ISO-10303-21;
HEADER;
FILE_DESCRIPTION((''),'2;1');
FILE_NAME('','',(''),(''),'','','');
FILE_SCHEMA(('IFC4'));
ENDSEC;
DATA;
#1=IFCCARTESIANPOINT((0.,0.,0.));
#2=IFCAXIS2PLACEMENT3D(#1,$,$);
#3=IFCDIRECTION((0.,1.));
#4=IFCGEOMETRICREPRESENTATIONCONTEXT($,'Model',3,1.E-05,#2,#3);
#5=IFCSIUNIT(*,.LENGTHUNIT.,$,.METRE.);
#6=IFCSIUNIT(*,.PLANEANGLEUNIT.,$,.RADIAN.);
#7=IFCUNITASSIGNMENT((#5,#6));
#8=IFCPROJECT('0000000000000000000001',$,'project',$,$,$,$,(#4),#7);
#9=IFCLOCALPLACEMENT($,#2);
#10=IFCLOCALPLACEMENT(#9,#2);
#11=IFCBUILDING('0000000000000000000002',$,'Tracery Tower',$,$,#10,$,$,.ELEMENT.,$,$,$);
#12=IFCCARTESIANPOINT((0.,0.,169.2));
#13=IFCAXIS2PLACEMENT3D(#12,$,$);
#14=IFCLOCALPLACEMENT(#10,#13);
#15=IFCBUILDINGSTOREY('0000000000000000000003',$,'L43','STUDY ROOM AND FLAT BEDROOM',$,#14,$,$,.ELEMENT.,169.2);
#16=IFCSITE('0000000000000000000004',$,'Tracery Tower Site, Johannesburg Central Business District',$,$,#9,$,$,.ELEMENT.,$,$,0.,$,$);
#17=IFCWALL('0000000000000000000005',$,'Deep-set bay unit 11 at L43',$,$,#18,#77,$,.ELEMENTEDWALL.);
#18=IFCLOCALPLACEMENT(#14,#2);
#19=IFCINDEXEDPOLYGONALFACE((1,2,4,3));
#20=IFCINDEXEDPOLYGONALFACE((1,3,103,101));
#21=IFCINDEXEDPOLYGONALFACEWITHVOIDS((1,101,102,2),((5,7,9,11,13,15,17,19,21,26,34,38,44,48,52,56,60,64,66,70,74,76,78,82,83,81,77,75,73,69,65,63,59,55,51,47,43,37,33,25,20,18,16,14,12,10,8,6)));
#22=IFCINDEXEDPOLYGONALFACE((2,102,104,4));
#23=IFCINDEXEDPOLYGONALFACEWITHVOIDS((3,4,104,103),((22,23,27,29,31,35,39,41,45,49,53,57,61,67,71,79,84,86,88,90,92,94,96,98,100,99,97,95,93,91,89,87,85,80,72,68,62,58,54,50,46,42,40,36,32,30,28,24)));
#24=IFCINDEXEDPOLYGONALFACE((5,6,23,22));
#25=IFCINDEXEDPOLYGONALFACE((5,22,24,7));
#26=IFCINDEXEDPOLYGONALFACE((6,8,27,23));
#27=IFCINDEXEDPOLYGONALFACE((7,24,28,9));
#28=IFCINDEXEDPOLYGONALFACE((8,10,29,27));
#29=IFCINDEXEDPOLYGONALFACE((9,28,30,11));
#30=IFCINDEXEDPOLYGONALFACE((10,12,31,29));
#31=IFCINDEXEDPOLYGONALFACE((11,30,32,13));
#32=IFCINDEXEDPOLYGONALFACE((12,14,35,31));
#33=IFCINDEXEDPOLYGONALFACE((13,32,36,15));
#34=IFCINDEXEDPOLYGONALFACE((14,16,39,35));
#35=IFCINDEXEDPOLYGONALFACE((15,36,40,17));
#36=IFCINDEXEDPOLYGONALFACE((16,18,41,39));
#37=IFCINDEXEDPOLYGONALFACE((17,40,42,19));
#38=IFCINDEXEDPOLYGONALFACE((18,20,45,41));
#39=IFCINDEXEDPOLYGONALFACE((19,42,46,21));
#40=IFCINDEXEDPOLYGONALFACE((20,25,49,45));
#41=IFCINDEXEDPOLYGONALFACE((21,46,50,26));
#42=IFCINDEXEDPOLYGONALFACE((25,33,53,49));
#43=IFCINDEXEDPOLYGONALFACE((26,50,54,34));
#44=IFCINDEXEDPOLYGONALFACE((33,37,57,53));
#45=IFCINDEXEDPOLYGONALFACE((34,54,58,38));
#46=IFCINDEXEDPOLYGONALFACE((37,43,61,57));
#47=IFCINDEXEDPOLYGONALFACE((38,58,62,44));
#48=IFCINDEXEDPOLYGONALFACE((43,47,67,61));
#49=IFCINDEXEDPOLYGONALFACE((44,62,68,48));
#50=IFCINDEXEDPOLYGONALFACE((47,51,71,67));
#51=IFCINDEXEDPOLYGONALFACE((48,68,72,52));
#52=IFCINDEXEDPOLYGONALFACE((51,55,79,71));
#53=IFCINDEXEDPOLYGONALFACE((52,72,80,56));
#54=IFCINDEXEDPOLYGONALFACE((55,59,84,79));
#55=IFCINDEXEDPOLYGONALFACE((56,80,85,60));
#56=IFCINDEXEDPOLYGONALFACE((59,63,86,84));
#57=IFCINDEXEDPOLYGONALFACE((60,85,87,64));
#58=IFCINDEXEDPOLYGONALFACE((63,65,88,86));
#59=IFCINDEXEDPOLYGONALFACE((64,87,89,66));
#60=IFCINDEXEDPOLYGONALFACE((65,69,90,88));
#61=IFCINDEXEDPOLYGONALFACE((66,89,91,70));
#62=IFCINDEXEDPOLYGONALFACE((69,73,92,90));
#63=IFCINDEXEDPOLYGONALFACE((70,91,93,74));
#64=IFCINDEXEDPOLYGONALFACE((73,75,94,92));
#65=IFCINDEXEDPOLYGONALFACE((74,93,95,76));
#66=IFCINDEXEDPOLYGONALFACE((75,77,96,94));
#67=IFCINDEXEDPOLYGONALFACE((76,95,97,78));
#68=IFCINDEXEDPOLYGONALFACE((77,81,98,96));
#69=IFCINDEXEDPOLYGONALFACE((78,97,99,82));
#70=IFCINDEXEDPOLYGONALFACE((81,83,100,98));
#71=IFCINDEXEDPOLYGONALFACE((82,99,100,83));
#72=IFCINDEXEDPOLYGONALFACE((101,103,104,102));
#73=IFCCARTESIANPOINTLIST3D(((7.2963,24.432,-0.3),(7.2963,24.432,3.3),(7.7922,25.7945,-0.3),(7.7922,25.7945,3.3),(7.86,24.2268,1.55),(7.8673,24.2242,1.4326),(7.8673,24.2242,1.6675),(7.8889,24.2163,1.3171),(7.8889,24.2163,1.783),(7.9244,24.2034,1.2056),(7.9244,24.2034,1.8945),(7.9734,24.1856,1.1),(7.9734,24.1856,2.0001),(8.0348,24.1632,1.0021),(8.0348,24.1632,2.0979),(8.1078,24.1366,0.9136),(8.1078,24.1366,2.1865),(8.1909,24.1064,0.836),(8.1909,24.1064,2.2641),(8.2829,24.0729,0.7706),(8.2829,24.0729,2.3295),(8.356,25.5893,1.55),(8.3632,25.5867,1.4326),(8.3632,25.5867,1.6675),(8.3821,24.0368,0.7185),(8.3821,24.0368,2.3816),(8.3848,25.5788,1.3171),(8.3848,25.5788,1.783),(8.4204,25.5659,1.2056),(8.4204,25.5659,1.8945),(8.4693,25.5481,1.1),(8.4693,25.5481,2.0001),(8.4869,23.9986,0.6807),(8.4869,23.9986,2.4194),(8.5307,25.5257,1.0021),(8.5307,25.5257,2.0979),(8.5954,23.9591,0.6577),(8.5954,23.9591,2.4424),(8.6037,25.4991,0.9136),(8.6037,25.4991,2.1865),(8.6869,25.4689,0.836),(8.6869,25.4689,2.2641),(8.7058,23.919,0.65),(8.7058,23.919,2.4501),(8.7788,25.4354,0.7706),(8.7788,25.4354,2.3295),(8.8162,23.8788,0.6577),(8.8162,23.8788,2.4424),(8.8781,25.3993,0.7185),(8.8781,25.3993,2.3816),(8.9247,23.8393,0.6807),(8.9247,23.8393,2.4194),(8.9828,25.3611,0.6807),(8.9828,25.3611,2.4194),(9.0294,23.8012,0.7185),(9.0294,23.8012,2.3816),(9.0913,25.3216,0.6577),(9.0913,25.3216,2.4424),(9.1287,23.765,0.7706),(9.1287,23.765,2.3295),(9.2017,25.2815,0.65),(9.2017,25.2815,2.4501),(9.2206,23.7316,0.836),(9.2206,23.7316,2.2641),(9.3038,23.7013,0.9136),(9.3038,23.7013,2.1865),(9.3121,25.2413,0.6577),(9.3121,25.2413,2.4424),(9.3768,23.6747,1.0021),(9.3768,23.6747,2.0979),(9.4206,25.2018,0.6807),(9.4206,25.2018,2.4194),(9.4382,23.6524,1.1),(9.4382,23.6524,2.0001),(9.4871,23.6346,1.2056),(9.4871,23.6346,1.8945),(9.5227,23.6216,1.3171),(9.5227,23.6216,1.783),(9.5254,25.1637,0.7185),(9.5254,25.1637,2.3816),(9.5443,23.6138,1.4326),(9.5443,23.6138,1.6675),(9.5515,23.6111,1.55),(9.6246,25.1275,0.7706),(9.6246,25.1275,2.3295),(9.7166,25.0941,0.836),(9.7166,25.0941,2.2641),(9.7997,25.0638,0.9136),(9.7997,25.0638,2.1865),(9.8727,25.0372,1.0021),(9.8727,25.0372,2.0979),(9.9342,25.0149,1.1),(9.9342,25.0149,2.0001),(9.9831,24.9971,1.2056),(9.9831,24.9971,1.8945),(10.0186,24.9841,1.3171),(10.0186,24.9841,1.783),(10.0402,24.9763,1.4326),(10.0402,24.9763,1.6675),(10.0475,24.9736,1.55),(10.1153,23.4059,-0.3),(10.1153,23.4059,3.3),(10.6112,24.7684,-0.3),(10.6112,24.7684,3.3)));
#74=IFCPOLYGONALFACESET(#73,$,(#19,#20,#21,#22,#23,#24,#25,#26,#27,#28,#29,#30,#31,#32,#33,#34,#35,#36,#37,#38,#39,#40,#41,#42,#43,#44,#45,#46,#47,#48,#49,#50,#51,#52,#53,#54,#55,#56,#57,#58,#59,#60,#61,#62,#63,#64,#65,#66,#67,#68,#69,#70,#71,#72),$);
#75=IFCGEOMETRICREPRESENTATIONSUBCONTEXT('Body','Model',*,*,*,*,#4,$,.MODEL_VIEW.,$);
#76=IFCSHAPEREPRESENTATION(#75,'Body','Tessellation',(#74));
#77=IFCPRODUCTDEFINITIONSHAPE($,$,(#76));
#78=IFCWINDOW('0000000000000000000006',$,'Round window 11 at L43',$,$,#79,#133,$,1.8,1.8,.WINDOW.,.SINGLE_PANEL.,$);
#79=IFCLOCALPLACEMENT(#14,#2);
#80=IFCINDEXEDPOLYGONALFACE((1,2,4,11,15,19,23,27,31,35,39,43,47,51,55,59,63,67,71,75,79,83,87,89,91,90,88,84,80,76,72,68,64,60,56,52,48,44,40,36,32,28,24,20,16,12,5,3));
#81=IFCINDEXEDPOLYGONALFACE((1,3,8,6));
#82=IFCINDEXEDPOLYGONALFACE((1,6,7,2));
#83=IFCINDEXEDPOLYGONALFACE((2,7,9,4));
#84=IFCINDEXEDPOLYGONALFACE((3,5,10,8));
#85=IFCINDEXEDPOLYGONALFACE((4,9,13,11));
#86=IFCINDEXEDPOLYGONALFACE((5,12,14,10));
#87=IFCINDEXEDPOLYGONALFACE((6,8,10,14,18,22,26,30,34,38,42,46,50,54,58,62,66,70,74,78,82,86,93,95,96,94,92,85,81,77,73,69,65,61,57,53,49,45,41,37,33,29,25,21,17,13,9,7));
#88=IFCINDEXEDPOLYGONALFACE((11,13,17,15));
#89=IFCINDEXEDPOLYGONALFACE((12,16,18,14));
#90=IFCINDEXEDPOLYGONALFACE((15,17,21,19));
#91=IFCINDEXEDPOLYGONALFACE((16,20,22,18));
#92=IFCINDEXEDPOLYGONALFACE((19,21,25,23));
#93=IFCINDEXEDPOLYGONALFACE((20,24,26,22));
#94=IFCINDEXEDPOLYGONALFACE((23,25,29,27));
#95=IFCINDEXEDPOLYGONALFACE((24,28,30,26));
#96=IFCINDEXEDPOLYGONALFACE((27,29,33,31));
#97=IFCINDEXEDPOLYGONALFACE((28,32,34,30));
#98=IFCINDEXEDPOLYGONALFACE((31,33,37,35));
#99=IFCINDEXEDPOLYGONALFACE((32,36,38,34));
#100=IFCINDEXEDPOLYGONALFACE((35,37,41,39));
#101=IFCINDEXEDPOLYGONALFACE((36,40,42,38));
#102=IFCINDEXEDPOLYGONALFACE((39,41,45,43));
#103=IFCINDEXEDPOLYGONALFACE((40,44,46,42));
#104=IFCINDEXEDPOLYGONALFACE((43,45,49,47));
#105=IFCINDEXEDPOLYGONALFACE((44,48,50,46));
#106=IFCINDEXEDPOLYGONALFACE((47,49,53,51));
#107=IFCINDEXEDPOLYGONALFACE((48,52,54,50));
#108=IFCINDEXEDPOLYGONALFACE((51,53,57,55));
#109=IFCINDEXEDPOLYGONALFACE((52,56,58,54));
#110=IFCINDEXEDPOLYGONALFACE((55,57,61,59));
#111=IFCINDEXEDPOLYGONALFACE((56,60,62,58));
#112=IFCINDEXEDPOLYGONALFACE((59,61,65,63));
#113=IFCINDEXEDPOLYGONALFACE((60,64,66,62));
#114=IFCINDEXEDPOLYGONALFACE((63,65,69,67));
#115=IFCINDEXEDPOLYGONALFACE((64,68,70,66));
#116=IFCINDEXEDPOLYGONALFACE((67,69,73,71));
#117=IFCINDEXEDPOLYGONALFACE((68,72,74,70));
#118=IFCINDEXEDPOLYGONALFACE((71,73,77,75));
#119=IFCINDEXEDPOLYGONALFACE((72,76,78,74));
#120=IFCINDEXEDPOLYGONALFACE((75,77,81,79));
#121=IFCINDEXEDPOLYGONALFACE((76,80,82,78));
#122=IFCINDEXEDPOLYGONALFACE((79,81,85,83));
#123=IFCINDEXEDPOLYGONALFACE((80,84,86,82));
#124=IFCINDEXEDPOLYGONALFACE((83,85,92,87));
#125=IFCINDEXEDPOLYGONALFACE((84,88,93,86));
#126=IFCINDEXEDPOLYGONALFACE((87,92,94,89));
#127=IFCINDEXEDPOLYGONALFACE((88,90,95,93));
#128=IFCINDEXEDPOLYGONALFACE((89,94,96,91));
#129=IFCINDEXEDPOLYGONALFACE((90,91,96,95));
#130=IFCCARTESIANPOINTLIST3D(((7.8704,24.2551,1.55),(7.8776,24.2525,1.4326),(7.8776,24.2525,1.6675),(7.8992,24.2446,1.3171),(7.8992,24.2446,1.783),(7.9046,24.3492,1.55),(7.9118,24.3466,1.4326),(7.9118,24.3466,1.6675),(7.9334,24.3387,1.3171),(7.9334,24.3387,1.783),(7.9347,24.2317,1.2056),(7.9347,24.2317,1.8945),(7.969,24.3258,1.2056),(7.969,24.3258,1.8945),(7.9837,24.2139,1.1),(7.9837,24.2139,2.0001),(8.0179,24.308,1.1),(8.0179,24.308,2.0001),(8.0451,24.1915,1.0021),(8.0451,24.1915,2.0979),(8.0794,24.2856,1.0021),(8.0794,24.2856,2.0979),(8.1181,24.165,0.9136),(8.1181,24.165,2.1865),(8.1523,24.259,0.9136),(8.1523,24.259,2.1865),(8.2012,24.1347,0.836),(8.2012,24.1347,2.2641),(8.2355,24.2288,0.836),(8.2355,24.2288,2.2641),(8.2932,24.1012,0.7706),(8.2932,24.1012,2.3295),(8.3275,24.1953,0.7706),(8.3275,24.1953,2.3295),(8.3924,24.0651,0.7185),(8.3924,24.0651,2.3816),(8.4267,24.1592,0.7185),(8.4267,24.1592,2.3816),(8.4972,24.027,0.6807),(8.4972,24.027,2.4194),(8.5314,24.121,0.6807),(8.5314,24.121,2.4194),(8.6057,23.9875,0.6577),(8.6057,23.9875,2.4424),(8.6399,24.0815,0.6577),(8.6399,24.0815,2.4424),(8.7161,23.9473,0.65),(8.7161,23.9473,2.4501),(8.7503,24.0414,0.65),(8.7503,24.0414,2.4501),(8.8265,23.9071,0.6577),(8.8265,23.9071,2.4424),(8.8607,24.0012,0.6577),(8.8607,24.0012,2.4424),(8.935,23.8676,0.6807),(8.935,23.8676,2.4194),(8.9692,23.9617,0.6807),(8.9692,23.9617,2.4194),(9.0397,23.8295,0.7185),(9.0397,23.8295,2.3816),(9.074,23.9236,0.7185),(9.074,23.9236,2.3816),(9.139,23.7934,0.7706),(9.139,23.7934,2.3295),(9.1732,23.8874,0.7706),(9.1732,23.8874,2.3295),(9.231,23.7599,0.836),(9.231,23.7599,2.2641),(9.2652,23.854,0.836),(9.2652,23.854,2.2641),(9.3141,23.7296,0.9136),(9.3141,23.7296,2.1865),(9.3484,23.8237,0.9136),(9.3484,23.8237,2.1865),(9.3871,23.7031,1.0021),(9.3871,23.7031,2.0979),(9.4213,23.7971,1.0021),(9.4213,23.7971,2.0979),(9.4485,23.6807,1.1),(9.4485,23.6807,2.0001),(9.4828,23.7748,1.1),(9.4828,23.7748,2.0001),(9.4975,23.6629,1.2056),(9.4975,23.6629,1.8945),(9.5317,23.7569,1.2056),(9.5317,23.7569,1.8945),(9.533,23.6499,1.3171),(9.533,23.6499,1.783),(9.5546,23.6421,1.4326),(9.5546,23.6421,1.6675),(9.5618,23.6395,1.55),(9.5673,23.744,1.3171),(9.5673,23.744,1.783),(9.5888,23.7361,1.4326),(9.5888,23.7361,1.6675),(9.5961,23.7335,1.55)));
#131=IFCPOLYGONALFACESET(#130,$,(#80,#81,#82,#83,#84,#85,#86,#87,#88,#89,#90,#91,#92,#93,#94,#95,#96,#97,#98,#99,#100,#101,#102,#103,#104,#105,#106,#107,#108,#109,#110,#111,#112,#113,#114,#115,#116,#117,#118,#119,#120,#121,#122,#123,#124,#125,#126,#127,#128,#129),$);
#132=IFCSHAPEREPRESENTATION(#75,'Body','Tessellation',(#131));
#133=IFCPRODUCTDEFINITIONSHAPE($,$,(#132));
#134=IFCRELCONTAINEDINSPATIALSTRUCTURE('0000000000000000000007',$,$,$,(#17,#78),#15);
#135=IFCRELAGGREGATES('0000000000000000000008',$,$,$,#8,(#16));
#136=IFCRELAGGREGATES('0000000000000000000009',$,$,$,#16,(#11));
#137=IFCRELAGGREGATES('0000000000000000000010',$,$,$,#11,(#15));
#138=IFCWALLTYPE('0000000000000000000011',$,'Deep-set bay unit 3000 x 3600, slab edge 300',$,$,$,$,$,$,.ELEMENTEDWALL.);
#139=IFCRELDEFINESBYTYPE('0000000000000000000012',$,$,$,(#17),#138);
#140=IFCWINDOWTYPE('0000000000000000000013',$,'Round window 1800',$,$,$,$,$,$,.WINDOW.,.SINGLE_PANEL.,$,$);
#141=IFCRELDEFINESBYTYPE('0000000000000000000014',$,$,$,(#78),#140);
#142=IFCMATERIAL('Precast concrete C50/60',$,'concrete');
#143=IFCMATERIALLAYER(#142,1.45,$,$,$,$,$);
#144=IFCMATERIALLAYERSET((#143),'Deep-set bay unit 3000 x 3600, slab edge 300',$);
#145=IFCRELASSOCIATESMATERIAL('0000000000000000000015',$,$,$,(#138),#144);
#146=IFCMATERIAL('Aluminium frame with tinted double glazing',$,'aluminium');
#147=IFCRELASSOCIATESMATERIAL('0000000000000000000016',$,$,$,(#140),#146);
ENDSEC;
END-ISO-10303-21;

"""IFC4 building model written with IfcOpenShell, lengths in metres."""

from ifc_helpers import new_model, si_unit, direction, frame, frame_2d, origin, origin_2d, place, context, subcontext, project, spatial, rectangle, circle, extrude, material, layer, layer_set, type_object, element, fill, save


model = new_model("IFC4")

# Units and contexts
model_context = context("Model", 3, precision=1e-05, world=origin(), true_north=direction((0.0, 1.0)))
body_context = subcontext(model_context, "Body", "Model", "MODEL_VIEW")
ifc_project = project(units=[si_unit("LENGTHUNIT", "METRE"), si_unit("PLANEANGLEUNIT", "RADIAN")], contexts=[model_context])

# Site, building, storey
site_placement = place(None, origin())
site = spatial("IfcSite", under=ifc_project, at=site_placement, Name="Tracery Tower Site, Johannesburg Central Business District", CompositionType="ELEMENT", RefElevation=0.0)
building_placement = place(site_placement, origin())
building = spatial("IfcBuilding", under=site, at=building_placement, Name="Tracery Tower", CompositionType="ELEMENT")
storey_placement = place(building_placement, frame((0.0, 0.0, 169.2)))
storey = spatial("IfcBuildingStorey", under=building, at=storey_placement, Name="L43", Description="STUDY ROOM AND FLAT BEDROOM", CompositionType="ELEMENT", Elevation=169.2)

# Wall, opening, window
ifc_material_1 = material(Name="Precast concrete C50/60", Category="concrete")
ifc_layer_1 = layer(ifc_material_1, 1.45)
ifc_layer_set_1 = layer_set([ifc_layer_1], Name="Deep-set bay unit 3000 x 3600, slab edge 300")
wall_type_1 = type_object("IfcWallType", Name="Deep-set bay unit 3000 x 3600, slab edge 300", PredefinedType="ELEMENTEDWALL", material=ifc_layer_set_1)
wall_1_placement = place(storey_placement, frame((10.3633, 24.0872, -0.3), z_axis=(0.0, 0.0, 1.0), x_axis=(-0.939686, 0.342037, 0.0)))
wall_1 = element("IfcWall", 1, at=wall_1_placement, inside=storey, type_object=wall_type_1, Name="Deep-set bay unit 11 at L43", PredefinedType="ELEMENTEDWALL", context=body_context, shape_type="SweptSolid", body=[
    extrude(rectangle(XDim=3.0, YDim=1.45, at=frame_2d((1.5, 0.0))), origin(), (0.0, 0.0, 1.0), 3.6001),
])
opening_1_placement = place(wall_1_placement, frame((1.5, 0.0, 1.8501)))
opening_1 = element("IfcOpeningElement", 2, at=opening_1_placement, cuts=wall_1, PredefinedType="OPENING", context=body_context, shape_type="SweptSolid", body=[
    extrude(circle(Radius=0.9, at=origin_2d()), frame((0.0, 0.7349, 0.0), z_axis=(0.0, -1.0, 0.0), x_axis=(1.0, 0.0, 0.0)), (0.0, 0.0, 1.0), 1.47),
])
ifc_material_2 = material(Name="Aluminium frame with tinted double glazing", Category="aluminium")
window_type = type_object("IfcWindowType", Name="Round window 1800", PartitioningType="SINGLE_PANEL", PredefinedType="WINDOW", material=ifc_material_2)
window_1_placement = place(opening_1_placement, origin())
window_1 = element("IfcWindow", 3, at=window_1_placement, inside=storey, type_object=window_type, Name="Round window 11 at L43", OverallHeight=1.8, OverallWidth=1.8, PartitioningType="SINGLE_PANEL", PredefinedType="WINDOW", context=body_context, shape_type="SweptSolid", body=[
    extrude(circle(Radius=0.9, at=origin_2d()), frame((0.0, 0.6948, 0.0), z_axis=(0.0, -1.0, 0.0), x_axis=(1.0, 0.0, 0.0)), (0.0, 0.0, 1.0), 0.1001),
])
fill(opening_1, window_1)

save(model, "model.ifc")
